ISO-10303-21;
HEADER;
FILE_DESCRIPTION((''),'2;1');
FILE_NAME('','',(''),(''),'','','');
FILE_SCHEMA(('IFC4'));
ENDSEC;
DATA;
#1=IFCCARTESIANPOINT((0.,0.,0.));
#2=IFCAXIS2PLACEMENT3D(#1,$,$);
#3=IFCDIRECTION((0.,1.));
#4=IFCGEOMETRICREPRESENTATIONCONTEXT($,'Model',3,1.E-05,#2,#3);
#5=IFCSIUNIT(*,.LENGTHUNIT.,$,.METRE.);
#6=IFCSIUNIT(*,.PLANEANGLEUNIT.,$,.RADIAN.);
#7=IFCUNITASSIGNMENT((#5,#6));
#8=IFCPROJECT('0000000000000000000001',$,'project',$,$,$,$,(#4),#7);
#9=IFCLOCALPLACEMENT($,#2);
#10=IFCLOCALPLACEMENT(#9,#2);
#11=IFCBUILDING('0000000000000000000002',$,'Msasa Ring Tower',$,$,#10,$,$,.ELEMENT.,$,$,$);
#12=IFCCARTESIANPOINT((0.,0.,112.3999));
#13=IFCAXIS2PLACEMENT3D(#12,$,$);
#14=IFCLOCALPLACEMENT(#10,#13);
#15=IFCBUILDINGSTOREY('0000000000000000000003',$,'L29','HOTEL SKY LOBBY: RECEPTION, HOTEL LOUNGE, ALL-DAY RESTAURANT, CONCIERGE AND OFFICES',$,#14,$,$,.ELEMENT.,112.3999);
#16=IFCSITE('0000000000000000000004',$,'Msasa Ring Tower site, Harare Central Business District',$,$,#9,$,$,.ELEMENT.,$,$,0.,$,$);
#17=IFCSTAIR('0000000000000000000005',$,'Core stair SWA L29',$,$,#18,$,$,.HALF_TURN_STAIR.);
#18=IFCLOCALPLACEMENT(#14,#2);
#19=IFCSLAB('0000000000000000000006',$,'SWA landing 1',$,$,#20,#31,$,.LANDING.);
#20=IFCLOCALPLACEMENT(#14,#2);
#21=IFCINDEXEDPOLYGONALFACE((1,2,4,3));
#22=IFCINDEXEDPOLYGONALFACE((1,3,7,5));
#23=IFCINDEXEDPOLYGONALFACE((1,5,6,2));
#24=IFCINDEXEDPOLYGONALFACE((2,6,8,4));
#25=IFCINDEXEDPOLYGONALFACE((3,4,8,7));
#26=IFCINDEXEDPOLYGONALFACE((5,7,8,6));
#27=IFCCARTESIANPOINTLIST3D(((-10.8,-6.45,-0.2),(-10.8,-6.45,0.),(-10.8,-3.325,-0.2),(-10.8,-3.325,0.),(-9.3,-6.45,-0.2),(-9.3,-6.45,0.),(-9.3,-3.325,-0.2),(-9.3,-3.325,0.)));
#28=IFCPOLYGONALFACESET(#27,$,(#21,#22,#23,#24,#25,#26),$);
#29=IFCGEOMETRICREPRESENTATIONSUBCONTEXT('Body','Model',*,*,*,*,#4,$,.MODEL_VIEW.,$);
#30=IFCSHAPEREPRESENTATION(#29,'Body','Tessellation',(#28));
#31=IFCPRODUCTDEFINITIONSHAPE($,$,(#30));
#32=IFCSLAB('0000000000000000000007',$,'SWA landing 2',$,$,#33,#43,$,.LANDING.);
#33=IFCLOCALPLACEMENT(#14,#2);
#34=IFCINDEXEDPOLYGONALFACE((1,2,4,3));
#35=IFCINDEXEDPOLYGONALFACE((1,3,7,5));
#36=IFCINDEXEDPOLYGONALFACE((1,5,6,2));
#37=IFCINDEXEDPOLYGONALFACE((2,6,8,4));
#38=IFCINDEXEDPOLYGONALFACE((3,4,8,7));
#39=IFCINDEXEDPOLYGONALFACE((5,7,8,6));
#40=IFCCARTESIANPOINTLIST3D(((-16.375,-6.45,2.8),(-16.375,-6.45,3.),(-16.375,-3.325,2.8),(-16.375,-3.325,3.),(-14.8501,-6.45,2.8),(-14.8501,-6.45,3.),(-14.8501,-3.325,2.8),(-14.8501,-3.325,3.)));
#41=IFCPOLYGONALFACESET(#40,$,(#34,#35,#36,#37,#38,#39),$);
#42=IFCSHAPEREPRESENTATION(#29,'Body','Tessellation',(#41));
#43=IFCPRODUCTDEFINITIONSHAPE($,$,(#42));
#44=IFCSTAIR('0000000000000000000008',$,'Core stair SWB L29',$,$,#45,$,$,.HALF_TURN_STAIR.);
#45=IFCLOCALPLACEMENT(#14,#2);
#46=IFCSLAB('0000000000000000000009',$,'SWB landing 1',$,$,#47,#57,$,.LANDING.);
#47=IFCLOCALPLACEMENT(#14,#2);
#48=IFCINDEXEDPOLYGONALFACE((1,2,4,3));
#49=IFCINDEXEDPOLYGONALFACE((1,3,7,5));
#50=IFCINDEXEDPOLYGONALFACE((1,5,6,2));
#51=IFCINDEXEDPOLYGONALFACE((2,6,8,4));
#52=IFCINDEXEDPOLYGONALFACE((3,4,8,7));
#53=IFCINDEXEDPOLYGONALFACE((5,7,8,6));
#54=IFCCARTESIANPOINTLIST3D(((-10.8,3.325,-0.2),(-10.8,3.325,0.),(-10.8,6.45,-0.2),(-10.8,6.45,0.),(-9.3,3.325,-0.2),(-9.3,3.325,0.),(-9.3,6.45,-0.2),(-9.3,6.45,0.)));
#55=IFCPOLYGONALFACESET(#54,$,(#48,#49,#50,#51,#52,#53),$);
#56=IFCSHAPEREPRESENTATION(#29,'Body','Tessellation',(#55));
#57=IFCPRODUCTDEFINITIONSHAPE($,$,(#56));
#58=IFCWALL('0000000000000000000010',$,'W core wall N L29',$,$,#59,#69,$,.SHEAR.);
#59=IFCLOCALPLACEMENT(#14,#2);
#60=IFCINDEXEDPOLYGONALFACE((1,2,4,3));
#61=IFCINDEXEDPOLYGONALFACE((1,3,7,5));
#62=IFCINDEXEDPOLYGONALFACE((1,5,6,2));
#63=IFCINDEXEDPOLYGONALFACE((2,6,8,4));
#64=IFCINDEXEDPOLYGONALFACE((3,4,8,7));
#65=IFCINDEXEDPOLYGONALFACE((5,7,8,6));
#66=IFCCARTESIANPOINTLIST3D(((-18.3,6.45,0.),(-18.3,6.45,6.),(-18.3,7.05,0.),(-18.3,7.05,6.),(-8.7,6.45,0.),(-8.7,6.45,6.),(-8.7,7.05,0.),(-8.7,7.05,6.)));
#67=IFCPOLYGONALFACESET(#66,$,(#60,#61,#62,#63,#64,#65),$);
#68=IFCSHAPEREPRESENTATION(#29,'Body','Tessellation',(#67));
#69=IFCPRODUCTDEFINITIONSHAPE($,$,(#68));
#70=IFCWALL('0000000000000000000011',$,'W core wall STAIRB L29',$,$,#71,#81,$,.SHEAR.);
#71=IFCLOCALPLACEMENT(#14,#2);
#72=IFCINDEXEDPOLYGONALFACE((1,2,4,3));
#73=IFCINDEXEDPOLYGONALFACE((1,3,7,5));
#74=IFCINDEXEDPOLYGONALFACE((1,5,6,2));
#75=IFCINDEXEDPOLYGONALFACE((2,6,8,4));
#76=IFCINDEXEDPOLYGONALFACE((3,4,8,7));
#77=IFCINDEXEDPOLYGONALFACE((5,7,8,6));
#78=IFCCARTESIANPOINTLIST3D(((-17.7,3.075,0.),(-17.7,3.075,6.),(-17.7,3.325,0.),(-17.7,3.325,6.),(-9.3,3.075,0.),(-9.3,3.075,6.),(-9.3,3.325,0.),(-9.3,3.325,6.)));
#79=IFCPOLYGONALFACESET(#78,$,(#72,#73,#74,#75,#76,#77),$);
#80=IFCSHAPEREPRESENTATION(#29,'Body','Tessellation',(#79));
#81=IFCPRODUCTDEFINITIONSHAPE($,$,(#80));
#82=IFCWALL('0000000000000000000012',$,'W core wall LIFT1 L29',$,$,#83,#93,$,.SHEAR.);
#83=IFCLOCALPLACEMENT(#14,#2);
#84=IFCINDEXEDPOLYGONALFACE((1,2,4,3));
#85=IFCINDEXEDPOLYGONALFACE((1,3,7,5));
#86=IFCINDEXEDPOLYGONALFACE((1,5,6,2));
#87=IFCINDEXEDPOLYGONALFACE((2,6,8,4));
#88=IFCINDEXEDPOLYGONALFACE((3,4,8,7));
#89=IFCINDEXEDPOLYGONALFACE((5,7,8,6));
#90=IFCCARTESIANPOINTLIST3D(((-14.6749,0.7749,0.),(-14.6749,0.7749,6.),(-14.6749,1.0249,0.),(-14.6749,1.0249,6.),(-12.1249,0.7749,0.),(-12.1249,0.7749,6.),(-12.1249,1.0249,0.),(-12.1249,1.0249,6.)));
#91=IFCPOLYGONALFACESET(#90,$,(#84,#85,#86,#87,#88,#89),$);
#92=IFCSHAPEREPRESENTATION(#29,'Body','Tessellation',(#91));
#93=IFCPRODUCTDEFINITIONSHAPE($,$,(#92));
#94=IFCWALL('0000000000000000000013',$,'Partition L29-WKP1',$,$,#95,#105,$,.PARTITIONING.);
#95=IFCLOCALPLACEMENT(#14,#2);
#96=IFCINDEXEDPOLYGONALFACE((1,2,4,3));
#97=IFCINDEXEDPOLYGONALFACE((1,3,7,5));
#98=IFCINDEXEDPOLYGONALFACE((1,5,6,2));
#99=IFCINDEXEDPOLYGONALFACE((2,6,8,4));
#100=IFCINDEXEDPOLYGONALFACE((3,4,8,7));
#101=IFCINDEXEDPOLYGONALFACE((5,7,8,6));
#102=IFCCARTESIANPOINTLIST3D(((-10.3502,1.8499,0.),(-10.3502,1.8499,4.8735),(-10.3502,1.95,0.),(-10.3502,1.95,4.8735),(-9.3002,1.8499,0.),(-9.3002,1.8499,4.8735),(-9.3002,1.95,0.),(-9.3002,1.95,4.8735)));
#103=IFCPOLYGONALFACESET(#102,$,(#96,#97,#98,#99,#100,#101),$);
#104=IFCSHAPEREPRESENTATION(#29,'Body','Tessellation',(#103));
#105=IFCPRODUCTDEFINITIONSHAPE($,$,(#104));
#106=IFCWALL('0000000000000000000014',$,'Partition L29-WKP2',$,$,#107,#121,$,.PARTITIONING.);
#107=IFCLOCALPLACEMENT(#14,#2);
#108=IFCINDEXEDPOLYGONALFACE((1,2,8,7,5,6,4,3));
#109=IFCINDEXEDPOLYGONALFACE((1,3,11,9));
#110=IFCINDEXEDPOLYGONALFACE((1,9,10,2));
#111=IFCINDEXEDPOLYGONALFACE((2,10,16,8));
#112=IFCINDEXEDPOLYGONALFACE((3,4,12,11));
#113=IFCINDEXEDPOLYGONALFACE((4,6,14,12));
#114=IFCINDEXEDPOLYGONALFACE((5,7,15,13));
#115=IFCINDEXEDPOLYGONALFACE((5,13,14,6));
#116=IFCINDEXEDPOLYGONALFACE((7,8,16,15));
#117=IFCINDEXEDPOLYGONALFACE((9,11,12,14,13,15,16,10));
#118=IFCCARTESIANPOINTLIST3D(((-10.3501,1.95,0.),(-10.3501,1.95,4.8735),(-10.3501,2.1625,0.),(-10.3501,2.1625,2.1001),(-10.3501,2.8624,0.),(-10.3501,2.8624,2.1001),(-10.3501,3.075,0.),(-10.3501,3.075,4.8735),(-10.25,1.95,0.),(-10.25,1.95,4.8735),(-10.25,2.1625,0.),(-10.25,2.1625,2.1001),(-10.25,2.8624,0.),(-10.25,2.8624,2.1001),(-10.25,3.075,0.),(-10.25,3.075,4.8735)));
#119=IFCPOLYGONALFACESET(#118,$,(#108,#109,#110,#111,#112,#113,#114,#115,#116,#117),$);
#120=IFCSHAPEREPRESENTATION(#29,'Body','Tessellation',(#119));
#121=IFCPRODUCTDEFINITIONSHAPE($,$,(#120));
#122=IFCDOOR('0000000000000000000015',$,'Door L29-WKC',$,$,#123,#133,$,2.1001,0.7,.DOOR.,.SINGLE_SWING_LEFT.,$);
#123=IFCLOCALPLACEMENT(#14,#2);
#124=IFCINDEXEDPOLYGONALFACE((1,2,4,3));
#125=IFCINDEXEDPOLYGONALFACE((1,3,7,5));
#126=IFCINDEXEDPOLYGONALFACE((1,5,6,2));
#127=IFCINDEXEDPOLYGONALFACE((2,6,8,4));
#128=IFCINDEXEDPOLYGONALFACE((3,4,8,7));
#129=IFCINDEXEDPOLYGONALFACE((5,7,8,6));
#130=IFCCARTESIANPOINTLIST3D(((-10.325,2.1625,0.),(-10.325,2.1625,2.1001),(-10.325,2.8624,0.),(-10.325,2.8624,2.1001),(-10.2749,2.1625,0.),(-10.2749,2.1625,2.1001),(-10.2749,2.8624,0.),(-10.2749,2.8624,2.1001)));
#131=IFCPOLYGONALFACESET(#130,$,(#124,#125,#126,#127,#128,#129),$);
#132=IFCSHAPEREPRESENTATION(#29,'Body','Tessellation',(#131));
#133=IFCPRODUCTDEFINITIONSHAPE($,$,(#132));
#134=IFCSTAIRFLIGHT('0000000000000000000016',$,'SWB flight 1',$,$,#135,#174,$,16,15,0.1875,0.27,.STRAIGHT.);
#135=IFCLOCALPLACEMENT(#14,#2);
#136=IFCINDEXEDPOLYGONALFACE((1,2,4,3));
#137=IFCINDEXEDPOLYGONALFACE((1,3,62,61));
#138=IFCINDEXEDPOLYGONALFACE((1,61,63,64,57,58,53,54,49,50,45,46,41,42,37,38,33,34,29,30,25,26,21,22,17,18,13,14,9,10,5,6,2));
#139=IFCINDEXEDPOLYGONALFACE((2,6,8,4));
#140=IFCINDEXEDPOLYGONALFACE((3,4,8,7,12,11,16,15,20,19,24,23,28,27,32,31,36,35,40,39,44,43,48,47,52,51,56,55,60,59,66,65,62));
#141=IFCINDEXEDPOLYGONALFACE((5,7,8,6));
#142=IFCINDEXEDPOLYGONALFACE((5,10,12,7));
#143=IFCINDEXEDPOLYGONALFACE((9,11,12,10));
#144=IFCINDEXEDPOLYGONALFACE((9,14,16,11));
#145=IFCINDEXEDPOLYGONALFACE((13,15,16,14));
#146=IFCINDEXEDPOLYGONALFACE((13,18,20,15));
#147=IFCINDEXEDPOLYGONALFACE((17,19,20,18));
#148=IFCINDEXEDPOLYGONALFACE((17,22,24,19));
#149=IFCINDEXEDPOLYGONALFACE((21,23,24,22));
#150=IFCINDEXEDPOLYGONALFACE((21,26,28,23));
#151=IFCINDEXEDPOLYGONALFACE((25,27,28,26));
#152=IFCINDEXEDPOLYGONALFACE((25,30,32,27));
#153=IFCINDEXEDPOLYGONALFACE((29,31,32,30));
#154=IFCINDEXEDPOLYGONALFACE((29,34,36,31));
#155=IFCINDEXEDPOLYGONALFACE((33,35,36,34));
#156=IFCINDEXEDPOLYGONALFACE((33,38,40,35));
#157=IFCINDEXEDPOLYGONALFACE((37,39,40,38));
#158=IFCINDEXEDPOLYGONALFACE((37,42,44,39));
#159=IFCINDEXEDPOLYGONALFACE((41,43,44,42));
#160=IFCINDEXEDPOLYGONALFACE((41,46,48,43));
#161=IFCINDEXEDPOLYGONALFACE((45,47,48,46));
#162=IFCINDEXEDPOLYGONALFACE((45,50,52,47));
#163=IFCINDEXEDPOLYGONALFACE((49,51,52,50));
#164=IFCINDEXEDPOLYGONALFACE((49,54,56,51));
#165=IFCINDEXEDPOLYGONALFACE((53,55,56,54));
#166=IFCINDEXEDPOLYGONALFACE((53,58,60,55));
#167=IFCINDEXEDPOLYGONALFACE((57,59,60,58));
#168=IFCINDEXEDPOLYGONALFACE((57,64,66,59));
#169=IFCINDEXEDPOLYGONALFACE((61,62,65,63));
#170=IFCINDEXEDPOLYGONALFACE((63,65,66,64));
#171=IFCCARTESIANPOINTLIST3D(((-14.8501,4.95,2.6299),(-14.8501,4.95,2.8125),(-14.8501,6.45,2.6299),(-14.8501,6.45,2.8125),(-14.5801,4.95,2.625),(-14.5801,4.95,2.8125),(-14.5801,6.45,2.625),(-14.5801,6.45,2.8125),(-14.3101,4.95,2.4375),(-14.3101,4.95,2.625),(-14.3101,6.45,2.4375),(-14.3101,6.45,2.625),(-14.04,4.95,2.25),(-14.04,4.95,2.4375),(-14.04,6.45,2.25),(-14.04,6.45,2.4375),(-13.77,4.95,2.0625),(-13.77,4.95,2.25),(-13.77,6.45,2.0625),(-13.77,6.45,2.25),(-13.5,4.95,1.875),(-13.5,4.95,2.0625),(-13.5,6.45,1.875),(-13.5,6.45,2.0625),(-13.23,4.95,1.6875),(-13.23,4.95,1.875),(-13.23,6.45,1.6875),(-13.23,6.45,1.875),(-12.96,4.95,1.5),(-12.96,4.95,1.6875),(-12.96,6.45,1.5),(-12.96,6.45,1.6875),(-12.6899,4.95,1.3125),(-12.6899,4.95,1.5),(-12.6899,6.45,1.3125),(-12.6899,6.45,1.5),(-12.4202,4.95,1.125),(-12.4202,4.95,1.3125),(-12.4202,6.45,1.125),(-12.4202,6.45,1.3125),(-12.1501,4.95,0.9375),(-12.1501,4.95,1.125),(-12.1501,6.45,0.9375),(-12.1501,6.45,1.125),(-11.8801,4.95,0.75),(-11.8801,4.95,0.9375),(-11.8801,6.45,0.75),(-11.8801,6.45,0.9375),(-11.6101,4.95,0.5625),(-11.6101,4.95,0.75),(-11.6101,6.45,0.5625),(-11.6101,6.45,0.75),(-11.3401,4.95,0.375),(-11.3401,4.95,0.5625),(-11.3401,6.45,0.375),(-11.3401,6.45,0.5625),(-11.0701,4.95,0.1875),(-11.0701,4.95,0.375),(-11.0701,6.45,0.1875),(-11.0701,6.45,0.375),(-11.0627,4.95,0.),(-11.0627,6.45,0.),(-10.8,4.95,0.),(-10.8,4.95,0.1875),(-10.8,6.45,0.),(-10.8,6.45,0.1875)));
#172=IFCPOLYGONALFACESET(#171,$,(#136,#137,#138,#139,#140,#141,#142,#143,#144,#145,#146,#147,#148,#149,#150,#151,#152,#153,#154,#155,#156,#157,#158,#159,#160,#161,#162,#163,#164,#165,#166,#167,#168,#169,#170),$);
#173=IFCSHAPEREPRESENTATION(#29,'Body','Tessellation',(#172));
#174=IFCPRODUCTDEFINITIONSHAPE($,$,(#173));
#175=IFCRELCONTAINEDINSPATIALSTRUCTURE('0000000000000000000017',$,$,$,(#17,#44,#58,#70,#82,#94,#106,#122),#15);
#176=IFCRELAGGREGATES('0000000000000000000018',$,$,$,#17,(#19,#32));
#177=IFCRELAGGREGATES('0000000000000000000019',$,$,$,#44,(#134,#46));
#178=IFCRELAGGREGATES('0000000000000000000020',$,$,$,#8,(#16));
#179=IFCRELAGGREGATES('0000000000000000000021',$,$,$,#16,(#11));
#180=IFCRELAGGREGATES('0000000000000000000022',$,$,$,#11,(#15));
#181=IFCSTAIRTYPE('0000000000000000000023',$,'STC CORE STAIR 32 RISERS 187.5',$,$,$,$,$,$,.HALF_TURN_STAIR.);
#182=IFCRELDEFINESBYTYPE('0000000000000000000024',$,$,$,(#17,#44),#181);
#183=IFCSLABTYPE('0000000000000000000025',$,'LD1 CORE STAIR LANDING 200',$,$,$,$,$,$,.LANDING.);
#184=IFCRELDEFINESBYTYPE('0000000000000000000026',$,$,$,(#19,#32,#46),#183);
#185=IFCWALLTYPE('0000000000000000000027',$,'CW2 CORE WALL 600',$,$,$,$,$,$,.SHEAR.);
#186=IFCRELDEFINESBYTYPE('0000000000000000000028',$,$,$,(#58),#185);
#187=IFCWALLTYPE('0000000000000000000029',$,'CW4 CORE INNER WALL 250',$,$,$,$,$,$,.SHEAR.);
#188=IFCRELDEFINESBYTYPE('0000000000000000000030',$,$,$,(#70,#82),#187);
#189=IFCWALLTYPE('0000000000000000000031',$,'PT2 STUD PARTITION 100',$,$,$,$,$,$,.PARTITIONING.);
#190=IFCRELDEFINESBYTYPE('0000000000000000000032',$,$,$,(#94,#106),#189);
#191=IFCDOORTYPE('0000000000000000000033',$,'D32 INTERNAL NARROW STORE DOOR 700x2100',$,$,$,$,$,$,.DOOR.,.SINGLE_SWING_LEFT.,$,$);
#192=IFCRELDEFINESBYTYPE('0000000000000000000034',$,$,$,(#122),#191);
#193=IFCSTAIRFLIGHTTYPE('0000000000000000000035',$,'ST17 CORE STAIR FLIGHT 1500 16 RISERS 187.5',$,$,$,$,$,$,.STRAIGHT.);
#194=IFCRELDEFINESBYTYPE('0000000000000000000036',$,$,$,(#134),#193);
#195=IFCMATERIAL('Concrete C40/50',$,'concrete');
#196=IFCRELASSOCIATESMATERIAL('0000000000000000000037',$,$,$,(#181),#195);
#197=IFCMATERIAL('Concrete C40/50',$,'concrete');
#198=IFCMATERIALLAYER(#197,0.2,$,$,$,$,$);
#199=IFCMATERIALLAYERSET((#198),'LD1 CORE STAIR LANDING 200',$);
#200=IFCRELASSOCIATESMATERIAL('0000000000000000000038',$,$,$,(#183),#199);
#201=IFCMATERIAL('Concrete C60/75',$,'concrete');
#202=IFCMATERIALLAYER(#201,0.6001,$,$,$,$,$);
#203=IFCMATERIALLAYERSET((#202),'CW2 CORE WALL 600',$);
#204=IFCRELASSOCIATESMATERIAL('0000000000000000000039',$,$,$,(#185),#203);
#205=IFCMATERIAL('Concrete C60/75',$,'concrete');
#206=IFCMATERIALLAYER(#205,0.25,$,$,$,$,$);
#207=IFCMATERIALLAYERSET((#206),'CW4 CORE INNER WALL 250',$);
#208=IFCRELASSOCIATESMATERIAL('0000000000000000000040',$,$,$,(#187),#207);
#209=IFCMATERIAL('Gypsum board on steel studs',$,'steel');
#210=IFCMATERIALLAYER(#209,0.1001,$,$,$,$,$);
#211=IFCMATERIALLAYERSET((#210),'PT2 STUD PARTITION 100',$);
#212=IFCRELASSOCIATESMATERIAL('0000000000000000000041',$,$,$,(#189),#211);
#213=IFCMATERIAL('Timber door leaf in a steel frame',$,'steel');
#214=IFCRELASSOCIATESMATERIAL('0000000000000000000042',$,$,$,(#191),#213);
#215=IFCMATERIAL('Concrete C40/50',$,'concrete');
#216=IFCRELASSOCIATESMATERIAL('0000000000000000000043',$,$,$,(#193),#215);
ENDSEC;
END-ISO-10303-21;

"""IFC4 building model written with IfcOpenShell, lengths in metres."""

from ifc_helpers import new_model, si_unit, direction, frame, frame_2d, origin, place, context, subcontext, project, spatial, polyline, rectangle, outline, extrude, material, layer, layer_set, type_object, element, fill, aggregate, save


model = new_model("IFC4")

# Units and contexts
model_context = context("Model", 3, precision=1e-05, world=origin(), true_north=direction((0.0, 1.0)))
body_context = subcontext(model_context, "Body", "Model", "MODEL_VIEW")
ifc_project = project(units=[si_unit("LENGTHUNIT", "METRE"), si_unit("PLANEANGLEUNIT", "RADIAN")], contexts=[model_context])

# Site, building, storey
site_placement = place(None, origin())
site = spatial("IfcSite", under=ifc_project, at=site_placement, Name="Msasa Ring Tower site, Harare Central Business District", CompositionType="ELEMENT", RefElevation=0.0)
building_placement = place(site_placement, origin())
building = spatial("IfcBuilding", under=site, at=building_placement, Name="Msasa Ring Tower", CompositionType="ELEMENT")
storey_placement = place(building_placement, frame((0.0, 0.0, 112.3999)))
storey = spatial("IfcBuildingStorey", under=building, at=storey_placement, Name="L29", Description="HOTEL SKY LOBBY: RECEPTION, HOTEL LOUNGE, ALL-DAY RESTAURANT, CONCIERGE AND OFFICES", CompositionType="ELEMENT", Elevation=112.3999)

# Stair, slabs
ifc_material_1 = material(Name="Concrete C40/50", Category="concrete")
stair_type = type_object("IfcStairType", Name="STC CORE STAIR 32 RISERS 187.5", PredefinedType="HALF_TURN_STAIR", material=ifc_material_1)
ifc_material_2 = material(Name="Concrete C40/50", Category="concrete")
ifc_layer_1 = layer(ifc_material_2, 0.2)
ifc_layer_set_1 = layer_set([ifc_layer_1], Name="LD1 CORE STAIR LANDING 200")
slab_type = type_object("IfcSlabType", Name="LD1 CORE STAIR LANDING 200", PredefinedType="LANDING", material=ifc_layer_set_1)
stair_1_placement = place(storey_placement, origin())
stair_1 = element("IfcStair", 1, at=stair_1_placement, inside=storey, type_object=stair_type, Name="Core stair SWA L29", PredefinedType="HALF_TURN_STAIR")
slab_1_placement = place(storey_placement, frame((0.0, 0.0, -0.2)))
slab_1 = element("IfcSlab", 2, at=slab_1_placement, type_object=slab_type, Name="SWA landing 1", PredefinedType="LANDING", context=body_context, shape_type="SweptSolid", body=[
    extrude(outline(polyline([(-10.8, -6.45), (-9.3, -6.45), (-9.3, -3.325), (-10.8, -3.325), (-10.8, -6.45)])), origin(), (0.0, 0.0, 1.0), 0.2),
])
slab_2_placement = place(storey_placement, frame((0.0, 0.0, 2.8)))
slab_2 = element("IfcSlab", 3, at=slab_2_placement, type_object=slab_type, Name="SWA landing 2", PredefinedType="LANDING", context=body_context, shape_type="SweptSolid", body=[
    extrude(outline(polyline([(-16.375, -6.45), (-14.8501, -6.45), (-14.8501, -3.325), (-16.375, -3.325), (-16.375, -6.45)])), origin(), (0.0, 0.0, 1.0), 0.2),
])
aggregate(stair_1, [slab_1, slab_2])

# Stair, slab
stair_2_placement = place(storey_placement, origin())
stair_2 = element("IfcStair", 4, at=stair_2_placement, inside=storey, type_object=stair_type, Name="Core stair SWB L29", PredefinedType="HALF_TURN_STAIR")
slab_3_placement = place(storey_placement, frame((0.0, 0.0, -0.2)))
slab_3 = element("IfcSlab", 5, at=slab_3_placement, type_object=slab_type, Name="SWB landing 1", PredefinedType="LANDING", context=body_context, shape_type="SweptSolid", body=[
    extrude(outline(polyline([(-10.8, 3.325), (-9.3, 3.325), (-9.3, 6.45), (-10.8, 6.45), (-10.8, 3.325)])), origin(), (0.0, 0.0, 1.0), 0.2),
])

# Walls
ifc_material_3 = material(Name="Concrete C60/75", Category="concrete")
ifc_layer_2 = layer(ifc_material_3, 0.6001)
ifc_layer_set_2 = layer_set([ifc_layer_2], Name="CW2 CORE WALL 600")
wall_type_1 = type_object("IfcWallType", Name="CW2 CORE WALL 600", PredefinedType="SHEAR", material=ifc_layer_set_2)
wall_1_placement = place(storey_placement, frame((-8.7, 6.75, 0.0), z_axis=(0.0, 0.0, 1.0), x_axis=(-1.0, 0.0, 0.0)))
element("IfcWall", 6, at=wall_1_placement, inside=storey, type_object=wall_type_1, Name="W core wall N L29", PredefinedType="SHEAR", context=body_context, shape_type="SweptSolid", body=[
    extrude(rectangle(XDim=9.6001, YDim=0.6001, at=frame_2d((4.8, 0.0))), origin(), (0.0, 0.0, 1.0), 6.0),
])
ifc_material_4 = material(Name="Concrete C60/75", Category="concrete")
ifc_layer_3 = layer(ifc_material_4, 0.25)
ifc_layer_set_3 = layer_set([ifc_layer_3], Name="CW4 CORE INNER WALL 250")
wall_type_2 = type_object("IfcWallType", Name="CW4 CORE INNER WALL 250", PredefinedType="SHEAR", material=ifc_layer_set_3)
wall_2_placement = place(storey_placement, frame((-9.3, 3.2, 0.0), z_axis=(0.0, 0.0, 1.0), x_axis=(-1.0, 0.0, 0.0)))
element("IfcWall", 7, at=wall_2_placement, inside=storey, type_object=wall_type_2, Name="W core wall STAIRB L29", PredefinedType="SHEAR", context=body_context, shape_type="SweptSolid", body=[
    extrude(rectangle(XDim=8.3999, YDim=0.25, at=frame_2d((4.2, 0.0))), origin(), (0.0, 0.0, 1.0), 6.0),
])
wall_3_placement = place(storey_placement, frame((-12.125, 0.8999, 0.0), z_axis=(0.0, 0.0, 1.0), x_axis=(-1.0, 0.0, 0.0)))
element("IfcWall", 8, at=wall_3_placement, inside=storey, type_object=wall_type_2, Name="W core wall LIFT1 L29", PredefinedType="SHEAR", context=body_context, shape_type="SweptSolid", body=[
    extrude(rectangle(XDim=2.55, YDim=0.25, at=frame_2d((1.2749, 0.0))), origin(), (0.0, 0.0, 1.0), 6.0),
])
ifc_material_5 = material(Name="Gypsum board on steel studs", Category="steel")
ifc_layer_4 = layer(ifc_material_5, 0.1001)
ifc_layer_set_4 = layer_set([ifc_layer_4], Name="PT2 STUD PARTITION 100")
wall_type_3 = type_object("IfcWallType", Name="PT2 STUD PARTITION 100", PredefinedType="PARTITIONING", material=ifc_layer_set_4)
wall_4_placement = place(storey_placement, frame((-10.3501, 1.8999, 0.0), z_axis=(0.0, 0.0, 1.0), x_axis=(1.0, 0.0, 0.0)))
element("IfcWall", 9, at=wall_4_placement, inside=storey, type_object=wall_type_3, Name="Partition L29-WKP1", PredefinedType="PARTITIONING", context=body_context, shape_type="SweptSolid", body=[
    extrude(rectangle(XDim=1.05, YDim=0.1001, at=frame_2d((0.5249, 0.0))), origin(), (0.0, 0.0, 1.0), 4.8735),
])

# Wall, opening, door
wall_5_placement = place(storey_placement, frame((-10.3, 1.95, 0.0), z_axis=(0.0, 0.0, 1.0), x_axis=(0.0, 1.0, 0.0)))
wall_5 = element("IfcWall", 10, at=wall_5_placement, inside=storey, type_object=wall_type_3, Name="Partition L29-WKP2", PredefinedType="PARTITIONING", context=body_context, shape_type="SweptSolid", body=[
    extrude(rectangle(XDim=1.125, YDim=0.1001, at=frame_2d((0.5625, 0.0))), origin(), (0.0, 0.0, 1.0), 4.8735),
])
opening_placement = place(wall_5_placement, frame((0.2124, 0.0, 0.0)))
opening = element("IfcOpeningElement", 11, at=opening_placement, cuts=wall_5, PredefinedType="OPENING", context=body_context, shape_type="SweptSolid", body=[
    extrude(rectangle(XDim=0.7, YDim=2.1001, at=frame_2d((0.3501, 1.05))), frame((0.0, 0.0601, 0.0), z_axis=(0.0, -1.0, 0.0), x_axis=(1.0, 0.0, 0.0)), (0.0, 0.0, 1.0), 0.1201),
])
ifc_material_6 = material(Name="Timber door leaf in a steel frame", Category="steel")
door_type = type_object("IfcDoorType", Name="D32 INTERNAL NARROW STORE DOOR 700x2100", OperationType="SINGLE_SWING_LEFT", PredefinedType="DOOR", material=ifc_material_6)
door_placement = place(opening_placement, origin())
door = element("IfcDoor", 12, at=door_placement, inside=storey, type_object=door_type, Name="Door L29-WKC", OperationType="SINGLE_SWING_LEFT", OverallHeight=2.1001, OverallWidth=0.7, PredefinedType="DOOR", context=body_context, shape_type="SweptSolid", body=[
    extrude(rectangle(XDim=0.7, YDim=2.1001, at=frame_2d((0.3501, 1.05))), frame((0.0, 0.0249, 0.0), z_axis=(0.0, -1.0, 0.0), x_axis=(1.0, 0.0, 0.0)), (0.0, 0.0, 1.0), 0.05),
])
fill(opening, door)

# Stair flight
ifc_material_7 = material(Name="Concrete C40/50", Category="concrete")
stair_flight_type = type_object("IfcStairFlightType", Name="ST17 CORE STAIR FLIGHT 1500 16 RISERS 187.5", PredefinedType="STRAIGHT", material=ifc_material_7)
stair_flight_placement = place(storey_placement, frame((-10.8, 5.7, 0.0), z_axis=(0.0, 0.0, 1.0), x_axis=(-1.0, 0.0, 0.0)))
stair_flight = element("IfcStairFlight", 13, at=stair_flight_placement, type_object=stair_flight_type, Name="SWB flight 1", NumberOfRisers=16, NumberOfTreads=15, PredefinedType="STRAIGHT", RiserHeight=0.1875, TreadLength=0.27, context=body_context, shape_type="SweptSolid", body=[
    extrude(outline(polyline([(0.0, 0.0), (0.0, 0.1875), (0.27, 0.1875), (0.27, 0.375), (0.54, 0.375), (0.54, 0.5625), (0.8101, 0.5625), (0.8101, 0.75), (1.0801, 0.75), (1.0801, 0.9375), (1.3501, 0.9375), (1.3501, 1.125), (1.6201, 1.125), (1.6201, 1.3125), (1.8899, 1.3125), (1.8899, 1.5), (2.1599, 1.5), (2.1599, 1.6875), (2.4299, 1.6875), (2.4299, 1.875), (2.7, 1.875), (2.7, 2.0625), (2.97, 2.0625), (2.97, 2.25), (3.24, 2.25), (3.24, 2.4375), (3.51, 2.4375), (3.51, 2.625), (3.78, 2.625), (3.78, 2.8125), (4.05, 2.8125), (4.05, 3.0), (4.05, 2.6299), (0.2627, 0.0), (0.0, 0.0)])), frame((0.0, 0.75, 0.0), z_axis=(0.0, -1.0, 0.0), x_axis=(1.0, 0.0, 0.0)), (0.0, 0.0, 1.0), 1.5),
])
aggregate(stair_2, [stair_flight, slab_3])

save(model, "model.ifc")
